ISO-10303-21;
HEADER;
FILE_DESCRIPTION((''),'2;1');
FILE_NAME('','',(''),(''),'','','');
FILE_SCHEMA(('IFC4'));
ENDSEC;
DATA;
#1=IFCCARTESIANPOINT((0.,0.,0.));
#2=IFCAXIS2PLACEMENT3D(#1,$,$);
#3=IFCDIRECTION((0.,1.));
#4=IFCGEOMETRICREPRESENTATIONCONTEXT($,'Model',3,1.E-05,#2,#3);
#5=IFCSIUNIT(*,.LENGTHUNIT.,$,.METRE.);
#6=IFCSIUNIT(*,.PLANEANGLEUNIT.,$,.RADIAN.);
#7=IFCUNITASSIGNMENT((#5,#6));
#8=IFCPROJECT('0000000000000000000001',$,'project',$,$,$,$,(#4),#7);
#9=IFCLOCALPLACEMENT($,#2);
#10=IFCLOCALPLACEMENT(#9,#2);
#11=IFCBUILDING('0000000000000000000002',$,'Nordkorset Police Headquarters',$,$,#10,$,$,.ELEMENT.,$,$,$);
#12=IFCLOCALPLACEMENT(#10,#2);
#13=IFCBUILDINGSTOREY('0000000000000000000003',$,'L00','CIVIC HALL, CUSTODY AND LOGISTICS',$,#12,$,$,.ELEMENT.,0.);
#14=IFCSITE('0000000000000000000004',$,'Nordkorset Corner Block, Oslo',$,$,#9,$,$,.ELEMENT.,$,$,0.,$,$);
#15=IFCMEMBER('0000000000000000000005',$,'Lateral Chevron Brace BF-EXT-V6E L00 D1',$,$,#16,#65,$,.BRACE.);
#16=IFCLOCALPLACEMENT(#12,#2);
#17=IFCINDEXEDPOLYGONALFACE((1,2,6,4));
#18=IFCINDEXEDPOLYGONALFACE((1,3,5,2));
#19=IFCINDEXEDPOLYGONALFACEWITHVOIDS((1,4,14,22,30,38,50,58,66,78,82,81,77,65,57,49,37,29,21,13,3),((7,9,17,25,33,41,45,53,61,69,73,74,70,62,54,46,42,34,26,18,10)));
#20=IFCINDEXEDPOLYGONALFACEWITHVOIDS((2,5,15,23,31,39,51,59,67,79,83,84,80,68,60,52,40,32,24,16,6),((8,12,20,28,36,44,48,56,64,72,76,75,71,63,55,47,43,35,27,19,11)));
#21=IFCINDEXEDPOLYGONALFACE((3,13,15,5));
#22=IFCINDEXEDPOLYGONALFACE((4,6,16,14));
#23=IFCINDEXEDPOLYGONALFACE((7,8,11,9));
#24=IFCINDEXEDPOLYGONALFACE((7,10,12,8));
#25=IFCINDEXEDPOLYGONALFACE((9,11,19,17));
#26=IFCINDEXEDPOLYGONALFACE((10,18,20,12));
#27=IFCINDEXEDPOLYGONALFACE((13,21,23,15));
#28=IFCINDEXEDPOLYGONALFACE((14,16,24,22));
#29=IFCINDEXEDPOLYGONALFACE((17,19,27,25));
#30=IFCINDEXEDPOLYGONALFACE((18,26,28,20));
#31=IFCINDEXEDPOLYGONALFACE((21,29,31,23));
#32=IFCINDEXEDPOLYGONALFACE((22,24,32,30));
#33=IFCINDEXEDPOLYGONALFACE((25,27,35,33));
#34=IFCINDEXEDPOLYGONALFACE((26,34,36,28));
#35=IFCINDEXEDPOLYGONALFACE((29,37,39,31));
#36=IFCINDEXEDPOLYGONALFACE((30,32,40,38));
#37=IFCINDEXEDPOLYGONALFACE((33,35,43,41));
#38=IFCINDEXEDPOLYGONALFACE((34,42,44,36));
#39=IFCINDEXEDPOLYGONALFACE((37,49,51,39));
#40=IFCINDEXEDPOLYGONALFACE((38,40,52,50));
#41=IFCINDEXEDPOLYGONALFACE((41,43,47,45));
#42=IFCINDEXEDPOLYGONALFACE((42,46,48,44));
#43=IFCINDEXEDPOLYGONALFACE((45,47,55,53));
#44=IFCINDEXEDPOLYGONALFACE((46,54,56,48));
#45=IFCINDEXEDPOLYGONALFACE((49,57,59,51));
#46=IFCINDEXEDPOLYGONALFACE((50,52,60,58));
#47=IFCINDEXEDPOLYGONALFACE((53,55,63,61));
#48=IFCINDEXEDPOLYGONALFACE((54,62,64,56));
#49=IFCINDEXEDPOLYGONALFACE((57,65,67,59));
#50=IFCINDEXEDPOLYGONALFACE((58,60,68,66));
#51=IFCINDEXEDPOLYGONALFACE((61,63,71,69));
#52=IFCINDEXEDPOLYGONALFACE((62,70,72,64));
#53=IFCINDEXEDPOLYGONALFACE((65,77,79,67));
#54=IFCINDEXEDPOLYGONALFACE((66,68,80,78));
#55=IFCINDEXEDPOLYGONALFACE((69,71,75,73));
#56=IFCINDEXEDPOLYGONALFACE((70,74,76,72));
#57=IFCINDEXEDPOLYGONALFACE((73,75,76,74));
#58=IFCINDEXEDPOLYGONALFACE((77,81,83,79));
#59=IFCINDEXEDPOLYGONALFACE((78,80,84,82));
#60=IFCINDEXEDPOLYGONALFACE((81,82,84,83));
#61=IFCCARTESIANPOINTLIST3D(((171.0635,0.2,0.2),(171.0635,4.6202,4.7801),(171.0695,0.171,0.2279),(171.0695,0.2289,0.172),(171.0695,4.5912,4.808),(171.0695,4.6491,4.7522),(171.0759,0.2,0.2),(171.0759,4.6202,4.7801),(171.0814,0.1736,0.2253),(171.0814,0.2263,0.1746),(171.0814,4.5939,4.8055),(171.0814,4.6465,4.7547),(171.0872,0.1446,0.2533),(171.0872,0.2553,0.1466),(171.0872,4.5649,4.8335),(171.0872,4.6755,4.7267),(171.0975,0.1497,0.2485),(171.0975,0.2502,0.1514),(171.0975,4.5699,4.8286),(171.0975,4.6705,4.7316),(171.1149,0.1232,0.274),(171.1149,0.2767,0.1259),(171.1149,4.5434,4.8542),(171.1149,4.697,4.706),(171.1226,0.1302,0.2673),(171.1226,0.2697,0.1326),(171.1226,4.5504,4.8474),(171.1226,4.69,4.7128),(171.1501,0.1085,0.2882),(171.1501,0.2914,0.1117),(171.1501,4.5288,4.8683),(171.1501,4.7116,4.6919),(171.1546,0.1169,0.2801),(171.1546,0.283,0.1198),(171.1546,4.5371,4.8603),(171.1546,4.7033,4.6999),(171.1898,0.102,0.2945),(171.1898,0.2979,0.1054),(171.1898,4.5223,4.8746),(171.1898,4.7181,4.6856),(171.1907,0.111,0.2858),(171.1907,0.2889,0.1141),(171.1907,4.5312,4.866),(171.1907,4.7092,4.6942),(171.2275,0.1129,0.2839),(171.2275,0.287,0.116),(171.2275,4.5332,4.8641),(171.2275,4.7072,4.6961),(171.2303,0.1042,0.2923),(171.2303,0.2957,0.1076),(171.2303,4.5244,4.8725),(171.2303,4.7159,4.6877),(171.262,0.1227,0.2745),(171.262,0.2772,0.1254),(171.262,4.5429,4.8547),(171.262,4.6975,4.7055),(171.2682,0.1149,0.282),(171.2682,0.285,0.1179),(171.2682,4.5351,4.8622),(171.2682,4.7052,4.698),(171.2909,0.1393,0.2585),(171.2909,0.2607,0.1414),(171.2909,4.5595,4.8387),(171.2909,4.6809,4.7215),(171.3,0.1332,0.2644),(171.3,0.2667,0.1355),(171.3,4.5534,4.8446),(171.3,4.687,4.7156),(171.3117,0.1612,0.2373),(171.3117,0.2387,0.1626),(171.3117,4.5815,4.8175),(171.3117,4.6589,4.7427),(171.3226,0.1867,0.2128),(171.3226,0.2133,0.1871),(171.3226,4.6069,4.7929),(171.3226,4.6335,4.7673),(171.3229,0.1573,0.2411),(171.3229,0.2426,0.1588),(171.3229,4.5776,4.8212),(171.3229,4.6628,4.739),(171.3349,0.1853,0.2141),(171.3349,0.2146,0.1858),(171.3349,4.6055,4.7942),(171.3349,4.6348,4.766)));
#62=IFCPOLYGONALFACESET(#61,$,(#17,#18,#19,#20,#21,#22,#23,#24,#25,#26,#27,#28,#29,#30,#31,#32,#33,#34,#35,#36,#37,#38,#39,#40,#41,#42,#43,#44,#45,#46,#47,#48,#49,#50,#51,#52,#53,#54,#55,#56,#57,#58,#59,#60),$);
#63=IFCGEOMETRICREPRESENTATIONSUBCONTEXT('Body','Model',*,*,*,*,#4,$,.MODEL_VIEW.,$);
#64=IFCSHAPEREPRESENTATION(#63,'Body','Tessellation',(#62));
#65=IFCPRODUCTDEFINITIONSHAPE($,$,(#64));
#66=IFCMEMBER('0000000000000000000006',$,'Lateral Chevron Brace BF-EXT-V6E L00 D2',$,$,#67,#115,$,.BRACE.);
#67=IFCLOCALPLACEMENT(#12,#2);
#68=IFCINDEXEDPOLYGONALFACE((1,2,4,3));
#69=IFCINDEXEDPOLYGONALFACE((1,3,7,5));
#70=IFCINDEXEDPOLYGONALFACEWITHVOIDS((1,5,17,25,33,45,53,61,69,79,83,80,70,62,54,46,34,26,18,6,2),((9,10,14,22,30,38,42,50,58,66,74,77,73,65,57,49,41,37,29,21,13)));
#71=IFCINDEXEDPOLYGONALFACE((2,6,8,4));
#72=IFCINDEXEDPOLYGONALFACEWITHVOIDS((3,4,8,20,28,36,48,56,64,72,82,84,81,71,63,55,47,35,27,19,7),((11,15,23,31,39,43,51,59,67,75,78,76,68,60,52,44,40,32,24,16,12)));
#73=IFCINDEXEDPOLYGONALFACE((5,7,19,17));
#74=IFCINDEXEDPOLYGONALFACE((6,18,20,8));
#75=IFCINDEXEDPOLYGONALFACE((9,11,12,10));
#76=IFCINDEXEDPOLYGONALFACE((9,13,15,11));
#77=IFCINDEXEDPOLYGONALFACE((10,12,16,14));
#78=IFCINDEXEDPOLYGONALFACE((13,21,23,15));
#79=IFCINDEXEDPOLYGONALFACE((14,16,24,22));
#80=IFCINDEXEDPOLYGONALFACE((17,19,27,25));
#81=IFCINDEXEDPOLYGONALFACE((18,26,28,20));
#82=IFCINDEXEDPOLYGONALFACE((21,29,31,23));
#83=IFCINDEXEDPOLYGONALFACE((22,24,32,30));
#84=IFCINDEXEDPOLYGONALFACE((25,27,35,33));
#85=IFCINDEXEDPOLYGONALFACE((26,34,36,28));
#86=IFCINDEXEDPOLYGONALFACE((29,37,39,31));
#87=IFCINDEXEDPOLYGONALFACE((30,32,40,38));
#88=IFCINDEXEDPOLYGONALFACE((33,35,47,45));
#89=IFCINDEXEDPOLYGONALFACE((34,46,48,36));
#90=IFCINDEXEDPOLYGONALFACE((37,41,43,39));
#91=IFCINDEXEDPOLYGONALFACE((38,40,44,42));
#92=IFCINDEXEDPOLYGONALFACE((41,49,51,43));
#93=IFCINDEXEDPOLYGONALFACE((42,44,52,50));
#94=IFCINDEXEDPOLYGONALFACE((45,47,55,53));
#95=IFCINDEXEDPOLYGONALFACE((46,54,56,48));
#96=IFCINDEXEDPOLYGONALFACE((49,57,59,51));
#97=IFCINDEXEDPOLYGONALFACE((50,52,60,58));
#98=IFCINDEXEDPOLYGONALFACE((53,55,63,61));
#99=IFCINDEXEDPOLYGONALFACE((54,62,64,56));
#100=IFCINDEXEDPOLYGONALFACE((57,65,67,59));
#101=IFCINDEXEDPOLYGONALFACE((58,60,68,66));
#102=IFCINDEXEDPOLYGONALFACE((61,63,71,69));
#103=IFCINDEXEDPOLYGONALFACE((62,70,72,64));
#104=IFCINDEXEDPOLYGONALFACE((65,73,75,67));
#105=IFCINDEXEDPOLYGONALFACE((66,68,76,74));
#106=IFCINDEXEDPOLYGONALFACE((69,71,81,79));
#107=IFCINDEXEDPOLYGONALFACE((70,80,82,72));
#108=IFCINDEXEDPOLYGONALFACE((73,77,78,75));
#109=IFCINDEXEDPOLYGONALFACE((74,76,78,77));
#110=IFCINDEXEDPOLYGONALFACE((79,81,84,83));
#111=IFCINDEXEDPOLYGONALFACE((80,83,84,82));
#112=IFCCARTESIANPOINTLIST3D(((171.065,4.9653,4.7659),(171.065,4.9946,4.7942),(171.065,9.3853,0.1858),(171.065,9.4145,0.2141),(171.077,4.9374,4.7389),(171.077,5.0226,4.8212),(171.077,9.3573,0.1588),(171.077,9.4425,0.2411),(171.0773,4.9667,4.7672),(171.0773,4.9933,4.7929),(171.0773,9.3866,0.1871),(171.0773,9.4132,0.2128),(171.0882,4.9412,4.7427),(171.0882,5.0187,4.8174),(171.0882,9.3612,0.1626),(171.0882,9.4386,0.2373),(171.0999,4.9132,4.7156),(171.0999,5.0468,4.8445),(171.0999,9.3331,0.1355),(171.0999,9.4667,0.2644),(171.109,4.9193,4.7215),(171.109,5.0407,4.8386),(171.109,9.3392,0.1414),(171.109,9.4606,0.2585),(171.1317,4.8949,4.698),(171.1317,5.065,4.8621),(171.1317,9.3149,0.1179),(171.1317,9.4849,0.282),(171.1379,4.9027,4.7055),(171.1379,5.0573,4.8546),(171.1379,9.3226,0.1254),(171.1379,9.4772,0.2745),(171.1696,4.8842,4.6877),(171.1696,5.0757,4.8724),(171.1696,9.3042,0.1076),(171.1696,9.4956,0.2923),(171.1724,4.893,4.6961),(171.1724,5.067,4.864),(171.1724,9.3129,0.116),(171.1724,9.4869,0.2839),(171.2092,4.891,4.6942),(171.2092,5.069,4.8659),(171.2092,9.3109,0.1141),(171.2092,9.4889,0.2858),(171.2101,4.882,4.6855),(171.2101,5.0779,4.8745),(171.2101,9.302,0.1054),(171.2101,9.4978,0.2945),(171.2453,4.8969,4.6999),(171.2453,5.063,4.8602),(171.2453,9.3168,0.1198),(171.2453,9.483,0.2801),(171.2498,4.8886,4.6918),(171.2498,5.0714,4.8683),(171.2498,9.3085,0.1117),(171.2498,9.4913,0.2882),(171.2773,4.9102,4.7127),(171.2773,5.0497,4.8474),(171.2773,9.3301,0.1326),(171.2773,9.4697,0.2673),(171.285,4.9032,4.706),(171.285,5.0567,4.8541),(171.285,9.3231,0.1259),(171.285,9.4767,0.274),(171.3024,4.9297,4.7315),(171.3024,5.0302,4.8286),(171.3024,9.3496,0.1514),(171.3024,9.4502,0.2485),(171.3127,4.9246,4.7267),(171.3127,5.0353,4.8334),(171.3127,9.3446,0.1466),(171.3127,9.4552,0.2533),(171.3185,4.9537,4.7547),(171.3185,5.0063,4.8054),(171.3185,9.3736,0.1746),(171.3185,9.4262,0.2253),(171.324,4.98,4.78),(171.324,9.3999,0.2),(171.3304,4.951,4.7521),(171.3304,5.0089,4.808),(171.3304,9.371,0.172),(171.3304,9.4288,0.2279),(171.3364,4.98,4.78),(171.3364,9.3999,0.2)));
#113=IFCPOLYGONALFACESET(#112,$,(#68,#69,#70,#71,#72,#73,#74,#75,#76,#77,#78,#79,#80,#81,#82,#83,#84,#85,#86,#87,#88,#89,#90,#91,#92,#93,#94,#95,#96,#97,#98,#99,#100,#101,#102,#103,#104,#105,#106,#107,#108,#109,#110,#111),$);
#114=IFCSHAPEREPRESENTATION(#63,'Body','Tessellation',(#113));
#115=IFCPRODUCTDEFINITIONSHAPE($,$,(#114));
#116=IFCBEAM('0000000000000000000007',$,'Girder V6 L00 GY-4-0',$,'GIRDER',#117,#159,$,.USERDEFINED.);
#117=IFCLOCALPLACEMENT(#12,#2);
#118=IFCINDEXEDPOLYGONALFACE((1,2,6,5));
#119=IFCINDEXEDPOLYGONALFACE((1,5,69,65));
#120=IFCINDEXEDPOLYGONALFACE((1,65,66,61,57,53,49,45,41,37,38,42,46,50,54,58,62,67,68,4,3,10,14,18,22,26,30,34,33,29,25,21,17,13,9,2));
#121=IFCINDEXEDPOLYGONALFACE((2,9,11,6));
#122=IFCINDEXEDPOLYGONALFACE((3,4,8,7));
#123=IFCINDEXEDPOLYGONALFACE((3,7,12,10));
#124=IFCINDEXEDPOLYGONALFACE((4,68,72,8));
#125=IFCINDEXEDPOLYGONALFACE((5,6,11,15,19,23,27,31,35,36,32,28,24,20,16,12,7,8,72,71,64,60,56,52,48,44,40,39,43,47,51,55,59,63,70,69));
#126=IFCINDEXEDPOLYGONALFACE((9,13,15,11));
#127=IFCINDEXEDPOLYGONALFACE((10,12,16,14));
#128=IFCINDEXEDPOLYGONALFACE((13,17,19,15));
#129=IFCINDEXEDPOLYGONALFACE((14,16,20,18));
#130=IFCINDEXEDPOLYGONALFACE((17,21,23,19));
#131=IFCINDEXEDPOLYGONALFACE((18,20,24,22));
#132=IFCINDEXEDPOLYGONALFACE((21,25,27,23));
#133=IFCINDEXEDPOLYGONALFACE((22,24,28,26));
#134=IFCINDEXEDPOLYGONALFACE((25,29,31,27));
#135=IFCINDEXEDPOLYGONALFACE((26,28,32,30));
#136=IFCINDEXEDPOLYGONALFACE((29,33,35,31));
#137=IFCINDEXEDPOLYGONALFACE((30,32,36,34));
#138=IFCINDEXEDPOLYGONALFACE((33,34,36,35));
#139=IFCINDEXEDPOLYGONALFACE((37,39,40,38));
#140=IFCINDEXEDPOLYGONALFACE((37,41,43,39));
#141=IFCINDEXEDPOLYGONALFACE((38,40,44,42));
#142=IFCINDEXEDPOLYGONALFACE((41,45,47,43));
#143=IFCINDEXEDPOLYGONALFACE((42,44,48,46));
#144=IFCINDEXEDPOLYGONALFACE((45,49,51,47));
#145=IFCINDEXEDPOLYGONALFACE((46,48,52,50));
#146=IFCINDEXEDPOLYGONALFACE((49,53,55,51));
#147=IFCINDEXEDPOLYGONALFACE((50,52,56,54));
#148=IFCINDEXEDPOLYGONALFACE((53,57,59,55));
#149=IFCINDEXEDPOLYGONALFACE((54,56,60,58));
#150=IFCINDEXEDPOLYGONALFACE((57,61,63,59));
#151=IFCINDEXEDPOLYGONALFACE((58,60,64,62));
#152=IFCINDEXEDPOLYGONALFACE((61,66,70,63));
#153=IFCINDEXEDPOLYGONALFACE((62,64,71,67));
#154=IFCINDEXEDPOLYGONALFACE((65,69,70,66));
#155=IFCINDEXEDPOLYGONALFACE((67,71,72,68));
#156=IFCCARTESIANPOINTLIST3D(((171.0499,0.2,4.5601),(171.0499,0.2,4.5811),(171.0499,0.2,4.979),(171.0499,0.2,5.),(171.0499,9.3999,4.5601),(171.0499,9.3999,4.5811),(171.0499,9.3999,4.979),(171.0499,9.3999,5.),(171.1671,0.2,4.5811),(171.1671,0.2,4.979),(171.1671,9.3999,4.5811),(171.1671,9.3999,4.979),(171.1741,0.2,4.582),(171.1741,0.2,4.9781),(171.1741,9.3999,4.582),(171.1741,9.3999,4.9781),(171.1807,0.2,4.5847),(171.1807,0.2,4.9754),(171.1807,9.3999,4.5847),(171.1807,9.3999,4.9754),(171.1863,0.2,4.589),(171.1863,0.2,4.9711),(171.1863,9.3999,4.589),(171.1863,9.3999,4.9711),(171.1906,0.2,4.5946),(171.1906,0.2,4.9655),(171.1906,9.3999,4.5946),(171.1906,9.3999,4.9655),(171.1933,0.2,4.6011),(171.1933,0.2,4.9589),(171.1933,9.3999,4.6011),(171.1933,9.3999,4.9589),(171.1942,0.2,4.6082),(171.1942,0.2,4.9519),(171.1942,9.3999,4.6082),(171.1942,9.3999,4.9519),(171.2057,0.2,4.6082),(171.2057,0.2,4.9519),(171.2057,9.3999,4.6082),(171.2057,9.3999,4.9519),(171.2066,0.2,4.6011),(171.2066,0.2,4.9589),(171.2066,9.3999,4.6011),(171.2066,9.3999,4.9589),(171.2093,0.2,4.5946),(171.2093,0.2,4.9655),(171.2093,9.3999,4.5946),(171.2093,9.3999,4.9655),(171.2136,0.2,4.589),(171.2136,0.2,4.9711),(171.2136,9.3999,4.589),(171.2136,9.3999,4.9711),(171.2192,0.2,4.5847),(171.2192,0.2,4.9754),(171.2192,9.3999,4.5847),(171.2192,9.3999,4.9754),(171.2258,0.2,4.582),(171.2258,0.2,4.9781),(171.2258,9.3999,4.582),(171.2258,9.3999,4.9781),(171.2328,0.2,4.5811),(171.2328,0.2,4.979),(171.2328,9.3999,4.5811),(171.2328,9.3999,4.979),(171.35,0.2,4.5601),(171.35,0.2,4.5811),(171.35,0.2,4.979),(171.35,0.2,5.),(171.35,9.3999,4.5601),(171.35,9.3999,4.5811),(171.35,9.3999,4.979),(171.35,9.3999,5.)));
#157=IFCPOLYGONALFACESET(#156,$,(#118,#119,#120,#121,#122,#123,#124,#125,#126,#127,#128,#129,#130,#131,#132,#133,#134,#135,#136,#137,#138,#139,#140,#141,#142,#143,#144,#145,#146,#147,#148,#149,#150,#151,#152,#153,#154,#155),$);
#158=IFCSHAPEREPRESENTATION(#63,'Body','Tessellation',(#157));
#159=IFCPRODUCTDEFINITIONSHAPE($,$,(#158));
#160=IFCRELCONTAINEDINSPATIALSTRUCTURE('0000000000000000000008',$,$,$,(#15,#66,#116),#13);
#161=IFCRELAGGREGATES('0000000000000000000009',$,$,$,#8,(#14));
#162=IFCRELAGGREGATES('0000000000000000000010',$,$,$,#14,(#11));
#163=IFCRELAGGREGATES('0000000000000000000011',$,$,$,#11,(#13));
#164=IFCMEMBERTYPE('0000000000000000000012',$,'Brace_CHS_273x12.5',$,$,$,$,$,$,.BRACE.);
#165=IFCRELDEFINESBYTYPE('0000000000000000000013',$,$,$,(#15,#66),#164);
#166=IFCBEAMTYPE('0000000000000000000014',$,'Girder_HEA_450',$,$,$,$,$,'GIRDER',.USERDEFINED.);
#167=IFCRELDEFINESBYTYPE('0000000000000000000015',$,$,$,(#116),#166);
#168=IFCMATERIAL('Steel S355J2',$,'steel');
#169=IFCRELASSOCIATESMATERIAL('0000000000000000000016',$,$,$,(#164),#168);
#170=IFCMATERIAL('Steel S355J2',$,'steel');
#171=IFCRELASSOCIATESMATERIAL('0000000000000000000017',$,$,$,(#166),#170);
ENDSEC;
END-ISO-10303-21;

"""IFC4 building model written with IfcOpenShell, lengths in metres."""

from ifc_helpers import new_model, si_unit, direction, frame, origin, origin_2d, place, context, subcontext, project, spatial, hollow_circle, i_section, extrude, material, material_profile, profile_set, type_object, element, save


model = new_model("IFC4")

# Units and contexts
model_context = context("Model", 3, precision=1e-05, world=origin(), true_north=direction((0.0, 1.0)))
body_context = subcontext(model_context, "Body", "Model", "MODEL_VIEW")
ifc_project = project(units=[si_unit("LENGTHUNIT", "METRE"), si_unit("PLANEANGLEUNIT", "RADIAN")], contexts=[model_context])

# Site, building, storey
site_placement = place(None, origin())
site = spatial("IfcSite", under=ifc_project, at=site_placement, Name="Nordkorset Corner Block, Oslo", CompositionType="ELEMENT", RefElevation=0.0)
building_placement = place(site_placement, origin())
building = spatial("IfcBuilding", under=site, at=building_placement, Name="Nordkorset Police Headquarters", CompositionType="ELEMENT")
storey_placement = place(building_placement, origin())
storey = spatial("IfcBuildingStorey", under=building, at=storey_placement, Name="L00", Description="CIVIC HALL, CUSTODY AND LOGISTICS", CompositionType="ELEMENT", Elevation=0.0)

# Members
ifc_material_1 = material(Name="Steel S355J2", Category="steel")
ifc_material_profile_1 = material_profile(ifc_material_1, hollow_circle(Radius=0.1365, WallThickness=0.0125, at=origin_2d()), Name="CHS 273x12.5")
ifc_profile_set_1 = profile_set([ifc_material_profile_1], Name="Steel S355J2")
member_type = type_object("IfcMemberType", Name="Brace_CHS_273x12.5", PredefinedType="BRACE", material=ifc_profile_set_1)
member_1_placement = place(storey_placement, frame((171.2, 0.2, 0.2), z_axis=(0.0, 0.694434, 0.719557), x_axis=(-1.0, 0.0, 0.0)))
element("IfcMember", 1, at=member_1_placement, inside=storey, type_object=member_type, Name="Lateral Chevron Brace BF-EXT-V6E L00 D1", PredefinedType="BRACE", context=body_context, shape_type="SweptSolid", body=[
    extrude(hollow_circle(Radius=0.1365, WallThickness=0.0125, at=origin_2d()), origin(), (0.0, 0.0, 1.0), 6.3652),
])
member_2_placement = place(storey_placement, frame((171.2, 9.3999, 0.2), z_axis=(0.0, -0.694414, 0.719576), x_axis=(1.0, 0.0, 0.0)))
element("IfcMember", 2, at=member_2_placement, inside=storey, type_object=member_type, Name="Lateral Chevron Brace BF-EXT-V6E L00 D2", PredefinedType="BRACE", context=body_context, shape_type="SweptSolid", body=[
    extrude(hollow_circle(Radius=0.1365, WallThickness=0.0125, at=origin_2d()), origin(), (0.0, 0.0, 1.0), 6.365),
])

# Beam
ifc_material_2 = material(Name="Steel S355J2", Category="steel")
ifc_material_profile_2 = material_profile(ifc_material_2, i_section(OverallWidth=0.3, OverallDepth=0.4399, WebThickness=0.0115, FlangeThickness=0.021, FilletRadius=0.0271, at=origin_2d()), Name="HEA 450")
ifc_profile_set_2 = profile_set([ifc_material_profile_2], Name="Steel S355J2")
beam_type_1 = type_object("IfcBeamType", Name="Girder_HEA_450", ElementType="GIRDER", PredefinedType="USERDEFINED", material=ifc_profile_set_2)
beam_1_placement = place(storey_placement, frame((171.2, 0.2, 4.78), z_axis=(0.0, 1.0, 0.0), x_axis=(-1.0, 0.0, 0.0)))
element("IfcBeam", 3, at=beam_1_placement, inside=storey, type_object=beam_type_1, Name="Girder V6 L00 GY-4-0", ObjectType="GIRDER", PredefinedType="USERDEFINED", context=body_context, shape_type="SweptSolid", body=[
    extrude(i_section(OverallWidth=0.3, OverallDepth=0.4399, WebThickness=0.0115, FlangeThickness=0.021, FilletRadius=0.0271, at=origin_2d()), origin(), (0.0, 0.0, 1.0), 9.2),
])

save(model, "model.ifc")
